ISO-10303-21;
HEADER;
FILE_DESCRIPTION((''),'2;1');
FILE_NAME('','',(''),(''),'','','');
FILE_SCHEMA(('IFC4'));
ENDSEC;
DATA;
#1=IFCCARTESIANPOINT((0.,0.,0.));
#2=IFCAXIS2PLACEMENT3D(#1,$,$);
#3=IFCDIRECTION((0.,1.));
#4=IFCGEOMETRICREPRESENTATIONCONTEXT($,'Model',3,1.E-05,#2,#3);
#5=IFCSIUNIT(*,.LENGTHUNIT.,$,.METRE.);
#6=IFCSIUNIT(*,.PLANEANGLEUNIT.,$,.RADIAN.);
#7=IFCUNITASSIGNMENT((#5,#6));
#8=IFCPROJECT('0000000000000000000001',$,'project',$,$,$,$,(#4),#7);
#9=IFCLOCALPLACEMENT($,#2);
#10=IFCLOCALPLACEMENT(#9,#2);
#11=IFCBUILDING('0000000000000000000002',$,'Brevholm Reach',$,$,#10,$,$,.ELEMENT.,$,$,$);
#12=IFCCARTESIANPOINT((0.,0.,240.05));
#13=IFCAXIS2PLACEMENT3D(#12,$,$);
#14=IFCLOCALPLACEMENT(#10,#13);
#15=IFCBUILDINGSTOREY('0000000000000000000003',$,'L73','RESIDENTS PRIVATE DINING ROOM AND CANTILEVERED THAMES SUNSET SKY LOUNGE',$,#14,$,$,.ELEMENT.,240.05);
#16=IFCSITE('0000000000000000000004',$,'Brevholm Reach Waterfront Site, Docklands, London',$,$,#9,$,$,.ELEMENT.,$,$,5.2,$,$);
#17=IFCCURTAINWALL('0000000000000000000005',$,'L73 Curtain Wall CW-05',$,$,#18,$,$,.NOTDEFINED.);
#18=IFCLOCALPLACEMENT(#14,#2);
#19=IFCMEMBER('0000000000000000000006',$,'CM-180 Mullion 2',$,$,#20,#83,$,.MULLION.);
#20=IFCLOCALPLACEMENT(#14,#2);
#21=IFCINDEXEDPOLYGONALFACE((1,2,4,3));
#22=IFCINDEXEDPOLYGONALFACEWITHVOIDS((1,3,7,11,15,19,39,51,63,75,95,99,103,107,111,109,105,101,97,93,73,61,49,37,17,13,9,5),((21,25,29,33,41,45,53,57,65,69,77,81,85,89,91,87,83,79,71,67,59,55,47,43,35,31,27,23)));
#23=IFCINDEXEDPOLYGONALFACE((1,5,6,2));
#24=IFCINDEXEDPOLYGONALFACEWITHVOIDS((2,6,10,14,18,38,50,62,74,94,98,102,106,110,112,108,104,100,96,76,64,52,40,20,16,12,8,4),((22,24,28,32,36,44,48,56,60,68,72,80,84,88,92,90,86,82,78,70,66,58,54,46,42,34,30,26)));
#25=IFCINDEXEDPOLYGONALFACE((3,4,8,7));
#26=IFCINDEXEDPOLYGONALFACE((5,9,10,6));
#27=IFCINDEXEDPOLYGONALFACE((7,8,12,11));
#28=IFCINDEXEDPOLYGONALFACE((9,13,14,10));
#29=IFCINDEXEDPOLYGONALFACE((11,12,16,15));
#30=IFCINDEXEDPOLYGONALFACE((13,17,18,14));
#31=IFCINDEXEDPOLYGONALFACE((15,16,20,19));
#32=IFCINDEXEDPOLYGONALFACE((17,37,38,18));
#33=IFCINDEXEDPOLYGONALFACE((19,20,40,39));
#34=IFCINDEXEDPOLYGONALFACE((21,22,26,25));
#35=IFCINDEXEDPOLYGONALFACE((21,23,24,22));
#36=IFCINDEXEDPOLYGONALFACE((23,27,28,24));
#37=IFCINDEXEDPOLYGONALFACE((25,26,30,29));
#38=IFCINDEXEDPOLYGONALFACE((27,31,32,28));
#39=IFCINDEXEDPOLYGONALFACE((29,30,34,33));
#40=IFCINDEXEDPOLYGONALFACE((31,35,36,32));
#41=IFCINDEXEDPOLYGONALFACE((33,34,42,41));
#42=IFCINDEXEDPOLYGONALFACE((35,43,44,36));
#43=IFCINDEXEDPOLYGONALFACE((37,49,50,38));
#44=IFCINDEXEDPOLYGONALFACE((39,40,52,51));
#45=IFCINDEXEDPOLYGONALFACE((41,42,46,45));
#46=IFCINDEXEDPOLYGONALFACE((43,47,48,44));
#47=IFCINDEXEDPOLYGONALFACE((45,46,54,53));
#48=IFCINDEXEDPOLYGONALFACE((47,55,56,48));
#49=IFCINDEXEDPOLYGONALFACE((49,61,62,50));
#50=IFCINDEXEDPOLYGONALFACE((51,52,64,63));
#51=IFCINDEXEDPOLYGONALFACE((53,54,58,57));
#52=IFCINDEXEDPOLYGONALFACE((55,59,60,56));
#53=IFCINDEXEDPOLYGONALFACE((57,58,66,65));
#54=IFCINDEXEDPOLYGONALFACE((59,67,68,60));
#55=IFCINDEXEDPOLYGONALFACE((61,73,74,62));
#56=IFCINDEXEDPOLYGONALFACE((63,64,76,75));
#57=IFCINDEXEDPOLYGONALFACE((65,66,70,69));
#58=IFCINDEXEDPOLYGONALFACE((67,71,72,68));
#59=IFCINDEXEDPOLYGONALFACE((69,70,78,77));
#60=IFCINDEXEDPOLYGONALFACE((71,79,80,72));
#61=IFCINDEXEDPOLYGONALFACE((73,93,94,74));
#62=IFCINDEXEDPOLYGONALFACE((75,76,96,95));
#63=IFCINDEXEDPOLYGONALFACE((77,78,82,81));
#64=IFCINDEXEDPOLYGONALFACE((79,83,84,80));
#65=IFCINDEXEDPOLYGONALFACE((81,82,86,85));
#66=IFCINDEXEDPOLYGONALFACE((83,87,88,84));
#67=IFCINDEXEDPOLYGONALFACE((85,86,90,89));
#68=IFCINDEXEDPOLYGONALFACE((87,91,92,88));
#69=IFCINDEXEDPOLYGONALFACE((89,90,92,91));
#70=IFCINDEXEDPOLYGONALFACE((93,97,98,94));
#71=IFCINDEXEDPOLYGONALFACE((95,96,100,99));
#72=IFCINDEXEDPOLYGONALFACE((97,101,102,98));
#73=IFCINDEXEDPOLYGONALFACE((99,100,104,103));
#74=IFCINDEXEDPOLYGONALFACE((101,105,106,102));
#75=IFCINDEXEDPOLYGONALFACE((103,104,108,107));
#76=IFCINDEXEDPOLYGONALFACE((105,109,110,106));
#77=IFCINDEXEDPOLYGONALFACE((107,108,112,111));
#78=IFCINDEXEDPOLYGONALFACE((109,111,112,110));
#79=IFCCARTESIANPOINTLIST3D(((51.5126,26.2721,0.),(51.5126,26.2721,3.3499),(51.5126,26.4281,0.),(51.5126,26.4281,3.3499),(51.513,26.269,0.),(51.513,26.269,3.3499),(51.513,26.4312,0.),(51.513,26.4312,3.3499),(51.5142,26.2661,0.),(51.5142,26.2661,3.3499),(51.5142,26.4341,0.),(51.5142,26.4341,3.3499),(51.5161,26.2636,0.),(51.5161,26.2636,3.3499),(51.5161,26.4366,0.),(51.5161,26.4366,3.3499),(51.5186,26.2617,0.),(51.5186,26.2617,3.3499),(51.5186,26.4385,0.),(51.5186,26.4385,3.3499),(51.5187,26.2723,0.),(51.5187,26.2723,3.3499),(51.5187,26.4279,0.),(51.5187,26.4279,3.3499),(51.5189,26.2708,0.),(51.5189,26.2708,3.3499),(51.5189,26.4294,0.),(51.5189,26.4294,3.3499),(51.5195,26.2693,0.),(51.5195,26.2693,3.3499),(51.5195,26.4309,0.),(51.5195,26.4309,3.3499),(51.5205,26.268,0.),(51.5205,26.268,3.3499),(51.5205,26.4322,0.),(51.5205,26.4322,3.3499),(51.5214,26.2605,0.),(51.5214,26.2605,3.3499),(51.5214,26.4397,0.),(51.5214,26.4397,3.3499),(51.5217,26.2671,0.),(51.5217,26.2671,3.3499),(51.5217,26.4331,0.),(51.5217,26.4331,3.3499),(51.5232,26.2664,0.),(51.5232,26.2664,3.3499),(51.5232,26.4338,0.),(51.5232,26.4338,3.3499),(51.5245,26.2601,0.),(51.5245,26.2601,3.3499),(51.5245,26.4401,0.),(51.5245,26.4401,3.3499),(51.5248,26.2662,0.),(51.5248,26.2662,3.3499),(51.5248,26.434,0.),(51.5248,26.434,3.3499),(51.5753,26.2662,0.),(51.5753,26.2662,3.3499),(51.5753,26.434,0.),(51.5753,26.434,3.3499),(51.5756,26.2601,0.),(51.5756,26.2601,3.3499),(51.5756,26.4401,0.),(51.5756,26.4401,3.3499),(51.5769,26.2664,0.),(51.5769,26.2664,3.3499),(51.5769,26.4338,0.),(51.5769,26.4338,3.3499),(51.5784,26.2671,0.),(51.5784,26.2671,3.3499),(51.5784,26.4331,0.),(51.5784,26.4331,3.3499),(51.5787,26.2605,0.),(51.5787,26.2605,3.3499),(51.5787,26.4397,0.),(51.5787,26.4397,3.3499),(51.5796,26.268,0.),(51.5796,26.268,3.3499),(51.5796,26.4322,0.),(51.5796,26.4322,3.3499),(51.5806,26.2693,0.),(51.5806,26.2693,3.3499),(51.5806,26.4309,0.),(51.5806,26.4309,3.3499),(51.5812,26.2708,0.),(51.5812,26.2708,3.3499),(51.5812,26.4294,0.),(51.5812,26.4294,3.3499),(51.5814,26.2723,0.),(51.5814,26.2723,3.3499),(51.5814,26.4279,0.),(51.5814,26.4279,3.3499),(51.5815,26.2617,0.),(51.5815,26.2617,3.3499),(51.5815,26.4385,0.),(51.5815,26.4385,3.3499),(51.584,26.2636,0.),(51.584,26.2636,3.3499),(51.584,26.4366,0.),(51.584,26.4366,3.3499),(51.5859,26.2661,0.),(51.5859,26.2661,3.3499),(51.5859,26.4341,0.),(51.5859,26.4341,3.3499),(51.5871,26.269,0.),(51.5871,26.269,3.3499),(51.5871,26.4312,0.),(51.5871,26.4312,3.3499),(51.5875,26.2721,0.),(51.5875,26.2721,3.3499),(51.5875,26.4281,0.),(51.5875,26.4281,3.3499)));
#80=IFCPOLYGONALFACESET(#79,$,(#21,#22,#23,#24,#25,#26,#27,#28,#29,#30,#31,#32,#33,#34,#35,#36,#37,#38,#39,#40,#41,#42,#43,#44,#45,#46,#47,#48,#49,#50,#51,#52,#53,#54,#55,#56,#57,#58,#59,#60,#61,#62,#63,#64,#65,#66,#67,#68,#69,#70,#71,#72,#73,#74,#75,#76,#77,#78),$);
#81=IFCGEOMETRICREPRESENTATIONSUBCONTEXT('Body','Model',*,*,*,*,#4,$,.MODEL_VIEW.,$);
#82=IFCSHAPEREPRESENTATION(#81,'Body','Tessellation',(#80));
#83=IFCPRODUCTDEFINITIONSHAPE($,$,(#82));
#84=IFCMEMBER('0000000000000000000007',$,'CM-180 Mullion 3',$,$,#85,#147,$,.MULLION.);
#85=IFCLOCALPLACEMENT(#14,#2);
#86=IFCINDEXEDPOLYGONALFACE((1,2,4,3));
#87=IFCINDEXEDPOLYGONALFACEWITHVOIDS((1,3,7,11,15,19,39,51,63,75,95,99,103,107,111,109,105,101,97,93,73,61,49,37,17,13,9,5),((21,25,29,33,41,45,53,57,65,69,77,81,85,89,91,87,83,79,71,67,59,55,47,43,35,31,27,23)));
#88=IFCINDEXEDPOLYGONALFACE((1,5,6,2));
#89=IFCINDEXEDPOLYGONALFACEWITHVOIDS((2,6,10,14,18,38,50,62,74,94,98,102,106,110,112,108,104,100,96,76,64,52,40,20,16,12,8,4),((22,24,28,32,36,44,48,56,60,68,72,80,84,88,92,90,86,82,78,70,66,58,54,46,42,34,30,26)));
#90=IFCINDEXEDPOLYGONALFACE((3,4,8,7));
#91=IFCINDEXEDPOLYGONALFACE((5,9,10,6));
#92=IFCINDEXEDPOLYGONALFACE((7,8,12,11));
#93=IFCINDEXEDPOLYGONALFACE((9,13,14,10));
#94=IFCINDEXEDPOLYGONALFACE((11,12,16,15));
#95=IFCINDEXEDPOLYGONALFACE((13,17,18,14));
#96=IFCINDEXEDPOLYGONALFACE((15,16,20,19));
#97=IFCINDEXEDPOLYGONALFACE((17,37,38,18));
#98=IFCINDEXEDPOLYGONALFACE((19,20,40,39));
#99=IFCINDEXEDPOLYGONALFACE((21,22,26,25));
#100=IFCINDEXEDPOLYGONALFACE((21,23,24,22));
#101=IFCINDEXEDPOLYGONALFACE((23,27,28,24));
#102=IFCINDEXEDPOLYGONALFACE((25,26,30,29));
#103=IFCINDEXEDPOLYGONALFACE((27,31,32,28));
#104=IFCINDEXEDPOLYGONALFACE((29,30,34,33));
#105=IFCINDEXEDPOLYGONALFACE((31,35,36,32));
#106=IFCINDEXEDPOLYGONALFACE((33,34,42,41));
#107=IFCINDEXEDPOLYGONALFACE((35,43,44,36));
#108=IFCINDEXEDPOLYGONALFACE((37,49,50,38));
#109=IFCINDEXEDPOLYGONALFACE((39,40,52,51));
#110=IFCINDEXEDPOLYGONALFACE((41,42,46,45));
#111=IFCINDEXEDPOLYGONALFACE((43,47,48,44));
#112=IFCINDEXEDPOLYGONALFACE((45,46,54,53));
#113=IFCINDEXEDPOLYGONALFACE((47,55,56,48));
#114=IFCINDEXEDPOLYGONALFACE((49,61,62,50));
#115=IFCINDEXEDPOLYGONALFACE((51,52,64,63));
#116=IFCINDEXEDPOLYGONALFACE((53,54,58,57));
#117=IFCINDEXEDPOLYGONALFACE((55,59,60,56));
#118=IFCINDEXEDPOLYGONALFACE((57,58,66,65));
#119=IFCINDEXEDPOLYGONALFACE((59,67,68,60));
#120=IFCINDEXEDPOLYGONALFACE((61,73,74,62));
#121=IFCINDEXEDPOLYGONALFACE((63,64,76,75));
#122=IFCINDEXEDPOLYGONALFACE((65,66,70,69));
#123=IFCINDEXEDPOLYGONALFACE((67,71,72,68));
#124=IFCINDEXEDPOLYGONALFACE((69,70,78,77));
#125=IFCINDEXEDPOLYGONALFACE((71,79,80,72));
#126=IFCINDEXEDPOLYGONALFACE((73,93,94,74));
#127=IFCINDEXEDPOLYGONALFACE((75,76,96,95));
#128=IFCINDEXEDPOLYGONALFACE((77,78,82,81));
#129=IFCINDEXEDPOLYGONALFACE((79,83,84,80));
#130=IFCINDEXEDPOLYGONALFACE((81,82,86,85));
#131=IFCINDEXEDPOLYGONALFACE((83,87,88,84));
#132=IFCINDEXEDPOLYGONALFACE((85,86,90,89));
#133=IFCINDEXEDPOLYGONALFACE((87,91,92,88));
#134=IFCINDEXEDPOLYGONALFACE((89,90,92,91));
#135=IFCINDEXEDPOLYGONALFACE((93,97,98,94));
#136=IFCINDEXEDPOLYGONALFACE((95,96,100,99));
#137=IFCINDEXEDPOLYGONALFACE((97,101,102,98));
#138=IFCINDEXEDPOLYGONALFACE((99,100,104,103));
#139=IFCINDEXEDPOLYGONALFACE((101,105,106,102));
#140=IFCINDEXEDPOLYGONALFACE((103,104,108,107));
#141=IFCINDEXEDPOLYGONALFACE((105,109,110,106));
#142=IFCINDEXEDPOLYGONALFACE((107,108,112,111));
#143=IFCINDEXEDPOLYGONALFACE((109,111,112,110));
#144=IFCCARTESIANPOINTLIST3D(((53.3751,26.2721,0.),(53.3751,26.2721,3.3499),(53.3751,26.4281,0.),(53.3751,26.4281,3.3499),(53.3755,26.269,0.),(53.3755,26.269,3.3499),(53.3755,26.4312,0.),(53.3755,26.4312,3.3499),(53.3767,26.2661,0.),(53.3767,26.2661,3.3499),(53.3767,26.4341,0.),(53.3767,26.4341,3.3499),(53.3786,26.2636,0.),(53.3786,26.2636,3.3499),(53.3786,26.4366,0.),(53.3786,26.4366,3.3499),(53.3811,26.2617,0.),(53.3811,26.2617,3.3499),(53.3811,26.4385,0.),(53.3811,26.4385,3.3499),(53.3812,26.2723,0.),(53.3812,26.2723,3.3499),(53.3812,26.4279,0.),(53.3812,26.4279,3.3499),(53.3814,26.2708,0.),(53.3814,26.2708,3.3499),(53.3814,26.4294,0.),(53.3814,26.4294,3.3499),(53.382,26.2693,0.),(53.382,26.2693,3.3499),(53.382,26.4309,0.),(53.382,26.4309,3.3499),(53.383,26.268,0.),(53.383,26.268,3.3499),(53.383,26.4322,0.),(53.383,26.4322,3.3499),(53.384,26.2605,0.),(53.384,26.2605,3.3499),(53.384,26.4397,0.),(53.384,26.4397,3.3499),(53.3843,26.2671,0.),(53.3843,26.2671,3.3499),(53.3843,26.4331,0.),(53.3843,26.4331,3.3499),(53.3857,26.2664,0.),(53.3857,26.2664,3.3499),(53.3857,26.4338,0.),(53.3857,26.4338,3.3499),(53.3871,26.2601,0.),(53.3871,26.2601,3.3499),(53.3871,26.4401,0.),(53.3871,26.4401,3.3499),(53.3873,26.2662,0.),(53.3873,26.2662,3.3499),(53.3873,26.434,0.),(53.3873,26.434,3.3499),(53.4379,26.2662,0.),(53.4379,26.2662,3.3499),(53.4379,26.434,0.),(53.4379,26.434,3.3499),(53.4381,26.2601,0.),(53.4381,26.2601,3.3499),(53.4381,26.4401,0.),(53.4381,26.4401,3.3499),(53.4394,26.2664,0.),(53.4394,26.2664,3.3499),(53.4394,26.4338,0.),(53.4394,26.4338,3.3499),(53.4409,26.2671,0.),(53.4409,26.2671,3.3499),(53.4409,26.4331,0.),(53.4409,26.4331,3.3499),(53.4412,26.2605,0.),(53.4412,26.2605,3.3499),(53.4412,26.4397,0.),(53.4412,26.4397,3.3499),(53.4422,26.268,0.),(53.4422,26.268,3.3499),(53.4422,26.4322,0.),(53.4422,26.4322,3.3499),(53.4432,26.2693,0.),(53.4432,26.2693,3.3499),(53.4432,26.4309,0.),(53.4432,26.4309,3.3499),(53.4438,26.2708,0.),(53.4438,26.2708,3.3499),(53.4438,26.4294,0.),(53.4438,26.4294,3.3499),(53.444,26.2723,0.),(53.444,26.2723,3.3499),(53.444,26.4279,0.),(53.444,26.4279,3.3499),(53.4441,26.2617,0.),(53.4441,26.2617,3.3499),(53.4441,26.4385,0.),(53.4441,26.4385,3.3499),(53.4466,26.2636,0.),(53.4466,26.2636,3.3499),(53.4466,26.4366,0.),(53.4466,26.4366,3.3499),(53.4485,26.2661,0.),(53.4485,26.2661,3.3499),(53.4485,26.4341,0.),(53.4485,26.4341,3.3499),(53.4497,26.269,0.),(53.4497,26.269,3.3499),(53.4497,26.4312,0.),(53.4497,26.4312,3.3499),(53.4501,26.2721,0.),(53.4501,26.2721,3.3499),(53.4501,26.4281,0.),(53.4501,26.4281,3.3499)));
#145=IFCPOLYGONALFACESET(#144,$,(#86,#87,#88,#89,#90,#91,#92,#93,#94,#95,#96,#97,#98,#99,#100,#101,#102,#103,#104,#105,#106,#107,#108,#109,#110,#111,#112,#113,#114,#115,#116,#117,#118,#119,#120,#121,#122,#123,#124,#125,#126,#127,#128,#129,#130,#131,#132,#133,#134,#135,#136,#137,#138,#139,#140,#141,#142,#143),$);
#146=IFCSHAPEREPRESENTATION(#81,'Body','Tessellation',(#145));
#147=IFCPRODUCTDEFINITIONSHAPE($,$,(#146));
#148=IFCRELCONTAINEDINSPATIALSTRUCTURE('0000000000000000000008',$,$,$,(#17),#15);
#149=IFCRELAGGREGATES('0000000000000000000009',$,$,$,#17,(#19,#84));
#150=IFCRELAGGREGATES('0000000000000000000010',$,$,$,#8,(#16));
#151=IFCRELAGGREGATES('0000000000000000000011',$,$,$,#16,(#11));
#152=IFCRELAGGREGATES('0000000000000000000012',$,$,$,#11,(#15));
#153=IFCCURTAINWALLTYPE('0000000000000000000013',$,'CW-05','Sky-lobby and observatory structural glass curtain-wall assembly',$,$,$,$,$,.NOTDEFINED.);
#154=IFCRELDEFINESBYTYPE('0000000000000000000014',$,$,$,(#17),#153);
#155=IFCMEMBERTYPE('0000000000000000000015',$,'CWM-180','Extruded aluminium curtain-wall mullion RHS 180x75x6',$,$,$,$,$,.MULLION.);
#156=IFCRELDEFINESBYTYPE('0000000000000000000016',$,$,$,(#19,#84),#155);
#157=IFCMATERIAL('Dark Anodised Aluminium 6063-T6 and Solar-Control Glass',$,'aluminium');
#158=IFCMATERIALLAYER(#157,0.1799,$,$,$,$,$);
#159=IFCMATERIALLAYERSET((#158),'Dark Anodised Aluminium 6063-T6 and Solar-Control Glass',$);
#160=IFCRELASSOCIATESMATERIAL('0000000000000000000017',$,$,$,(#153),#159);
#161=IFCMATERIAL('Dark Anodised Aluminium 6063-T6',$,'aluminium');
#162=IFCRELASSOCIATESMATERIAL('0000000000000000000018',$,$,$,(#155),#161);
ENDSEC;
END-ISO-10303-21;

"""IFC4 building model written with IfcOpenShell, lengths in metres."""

from ifc_helpers import new_model, si_unit, direction, frame, origin, origin_2d, place, context, subcontext, project, spatial, hollow_rectangle, extrude, material, layer, layer_set, material_profile, profile_set, type_object, element, aggregate, save


model = new_model("IFC4")

# Units and contexts
model_context = context("Model", 3, precision=1e-05, world=origin(), true_north=direction((0.0, 1.0)))
body_context = subcontext(model_context, "Body", "Model", "MODEL_VIEW")
ifc_project = project(units=[si_unit("LENGTHUNIT", "METRE"), si_unit("PLANEANGLEUNIT", "RADIAN")], contexts=[model_context])

# Site, building, storey
site_placement = place(None, origin())
site = spatial("IfcSite", under=ifc_project, at=site_placement, Name="Brevholm Reach Waterfront Site, Docklands, London", CompositionType="ELEMENT", RefElevation=5.2)
building_placement = place(site_placement, origin())
building = spatial("IfcBuilding", under=site, at=building_placement, Name="Brevholm Reach", CompositionType="ELEMENT")
storey_placement = place(building_placement, frame((0.0, 0.0, 240.05)))
storey = spatial("IfcBuildingStorey", under=building, at=storey_placement, Name="L73", Description="RESIDENTS PRIVATE DINING ROOM AND CANTILEVERED THAMES SUNSET SKY LOUNGE", CompositionType="ELEMENT", Elevation=240.05)

# Curtain wall, members
ifc_material_1 = material(Name="Dark Anodised Aluminium 6063-T6 and Solar-Control Glass", Category="aluminium")
ifc_layer_1 = layer(ifc_material_1, 0.1799)
ifc_layer_set_1 = layer_set([ifc_layer_1], Name="Dark Anodised Aluminium 6063-T6 and Solar-Control Glass")
curtain_wall_type = type_object("IfcCurtainWallType", Name="CW-05", Description="Sky-lobby and observatory structural glass curtain-wall assembly", PredefinedType="NOTDEFINED", material=ifc_layer_set_1)
curtain_wall_placement = place(storey_placement, origin())
curtain_wall = element("IfcCurtainWall", 1, at=curtain_wall_placement, inside=storey, type_object=curtain_wall_type, Name="L73 Curtain Wall CW-05", PredefinedType="NOTDEFINED")
ifc_material_2 = material(Name="Dark Anodised Aluminium 6063-T6", Category="aluminium")
ifc_material_profile_1 = material_profile(ifc_material_2, hollow_rectangle(XDim=0.075, YDim=0.1799, WallThickness=0.0061, InnerFilletRadius=0.0061, OuterFilletRadius=0.012, at=origin_2d()), Name="RHS 180x75x6")
ifc_profile_set_1 = profile_set([ifc_material_profile_1], Name="Dark Anodised Aluminium 6063-T6")
member_type_1 = type_object("IfcMemberType", Name="CWM-180", Description="Extruded aluminium curtain-wall mullion RHS 180x75x6", PredefinedType="MULLION", material=ifc_profile_set_1)
member_1_placement = place(storey_placement, frame((51.55, 26.3501, 0.0), z_axis=(0.0, 0.0, 1.0), x_axis=(1.0, 0.0, 0.0)))
member_1 = element("IfcMember", 2, at=member_1_placement, type_object=member_type_1, Name="CM-180 Mullion 2", PredefinedType="MULLION", context=body_context, shape_type="SweptSolid", body=[
    extrude(hollow_rectangle(XDim=0.075, YDim=0.1799, WallThickness=0.0061, InnerFilletRadius=0.0061, OuterFilletRadius=0.012, at=origin_2d()), origin(), (0.0, 0.0, 1.0), 3.3499),
])
member_2_placement = place(storey_placement, frame((53.4126, 26.3501, 0.0), z_axis=(0.0, 0.0, 1.0), x_axis=(1.0, 0.0, 0.0)))
member_2 = element("IfcMember", 3, at=member_2_placement, type_object=member_type_1, Name="CM-180 Mullion 3", PredefinedType="MULLION", context=body_context, shape_type="SweptSolid", body=[
    extrude(hollow_rectangle(XDim=0.075, YDim=0.1799, WallThickness=0.0061, InnerFilletRadius=0.0061, OuterFilletRadius=0.012, at=origin_2d()), origin(), (0.0, 0.0, 1.0), 3.3499),
])
aggregate(curtain_wall, [member_1, member_2])

save(model, "model.ifc")
